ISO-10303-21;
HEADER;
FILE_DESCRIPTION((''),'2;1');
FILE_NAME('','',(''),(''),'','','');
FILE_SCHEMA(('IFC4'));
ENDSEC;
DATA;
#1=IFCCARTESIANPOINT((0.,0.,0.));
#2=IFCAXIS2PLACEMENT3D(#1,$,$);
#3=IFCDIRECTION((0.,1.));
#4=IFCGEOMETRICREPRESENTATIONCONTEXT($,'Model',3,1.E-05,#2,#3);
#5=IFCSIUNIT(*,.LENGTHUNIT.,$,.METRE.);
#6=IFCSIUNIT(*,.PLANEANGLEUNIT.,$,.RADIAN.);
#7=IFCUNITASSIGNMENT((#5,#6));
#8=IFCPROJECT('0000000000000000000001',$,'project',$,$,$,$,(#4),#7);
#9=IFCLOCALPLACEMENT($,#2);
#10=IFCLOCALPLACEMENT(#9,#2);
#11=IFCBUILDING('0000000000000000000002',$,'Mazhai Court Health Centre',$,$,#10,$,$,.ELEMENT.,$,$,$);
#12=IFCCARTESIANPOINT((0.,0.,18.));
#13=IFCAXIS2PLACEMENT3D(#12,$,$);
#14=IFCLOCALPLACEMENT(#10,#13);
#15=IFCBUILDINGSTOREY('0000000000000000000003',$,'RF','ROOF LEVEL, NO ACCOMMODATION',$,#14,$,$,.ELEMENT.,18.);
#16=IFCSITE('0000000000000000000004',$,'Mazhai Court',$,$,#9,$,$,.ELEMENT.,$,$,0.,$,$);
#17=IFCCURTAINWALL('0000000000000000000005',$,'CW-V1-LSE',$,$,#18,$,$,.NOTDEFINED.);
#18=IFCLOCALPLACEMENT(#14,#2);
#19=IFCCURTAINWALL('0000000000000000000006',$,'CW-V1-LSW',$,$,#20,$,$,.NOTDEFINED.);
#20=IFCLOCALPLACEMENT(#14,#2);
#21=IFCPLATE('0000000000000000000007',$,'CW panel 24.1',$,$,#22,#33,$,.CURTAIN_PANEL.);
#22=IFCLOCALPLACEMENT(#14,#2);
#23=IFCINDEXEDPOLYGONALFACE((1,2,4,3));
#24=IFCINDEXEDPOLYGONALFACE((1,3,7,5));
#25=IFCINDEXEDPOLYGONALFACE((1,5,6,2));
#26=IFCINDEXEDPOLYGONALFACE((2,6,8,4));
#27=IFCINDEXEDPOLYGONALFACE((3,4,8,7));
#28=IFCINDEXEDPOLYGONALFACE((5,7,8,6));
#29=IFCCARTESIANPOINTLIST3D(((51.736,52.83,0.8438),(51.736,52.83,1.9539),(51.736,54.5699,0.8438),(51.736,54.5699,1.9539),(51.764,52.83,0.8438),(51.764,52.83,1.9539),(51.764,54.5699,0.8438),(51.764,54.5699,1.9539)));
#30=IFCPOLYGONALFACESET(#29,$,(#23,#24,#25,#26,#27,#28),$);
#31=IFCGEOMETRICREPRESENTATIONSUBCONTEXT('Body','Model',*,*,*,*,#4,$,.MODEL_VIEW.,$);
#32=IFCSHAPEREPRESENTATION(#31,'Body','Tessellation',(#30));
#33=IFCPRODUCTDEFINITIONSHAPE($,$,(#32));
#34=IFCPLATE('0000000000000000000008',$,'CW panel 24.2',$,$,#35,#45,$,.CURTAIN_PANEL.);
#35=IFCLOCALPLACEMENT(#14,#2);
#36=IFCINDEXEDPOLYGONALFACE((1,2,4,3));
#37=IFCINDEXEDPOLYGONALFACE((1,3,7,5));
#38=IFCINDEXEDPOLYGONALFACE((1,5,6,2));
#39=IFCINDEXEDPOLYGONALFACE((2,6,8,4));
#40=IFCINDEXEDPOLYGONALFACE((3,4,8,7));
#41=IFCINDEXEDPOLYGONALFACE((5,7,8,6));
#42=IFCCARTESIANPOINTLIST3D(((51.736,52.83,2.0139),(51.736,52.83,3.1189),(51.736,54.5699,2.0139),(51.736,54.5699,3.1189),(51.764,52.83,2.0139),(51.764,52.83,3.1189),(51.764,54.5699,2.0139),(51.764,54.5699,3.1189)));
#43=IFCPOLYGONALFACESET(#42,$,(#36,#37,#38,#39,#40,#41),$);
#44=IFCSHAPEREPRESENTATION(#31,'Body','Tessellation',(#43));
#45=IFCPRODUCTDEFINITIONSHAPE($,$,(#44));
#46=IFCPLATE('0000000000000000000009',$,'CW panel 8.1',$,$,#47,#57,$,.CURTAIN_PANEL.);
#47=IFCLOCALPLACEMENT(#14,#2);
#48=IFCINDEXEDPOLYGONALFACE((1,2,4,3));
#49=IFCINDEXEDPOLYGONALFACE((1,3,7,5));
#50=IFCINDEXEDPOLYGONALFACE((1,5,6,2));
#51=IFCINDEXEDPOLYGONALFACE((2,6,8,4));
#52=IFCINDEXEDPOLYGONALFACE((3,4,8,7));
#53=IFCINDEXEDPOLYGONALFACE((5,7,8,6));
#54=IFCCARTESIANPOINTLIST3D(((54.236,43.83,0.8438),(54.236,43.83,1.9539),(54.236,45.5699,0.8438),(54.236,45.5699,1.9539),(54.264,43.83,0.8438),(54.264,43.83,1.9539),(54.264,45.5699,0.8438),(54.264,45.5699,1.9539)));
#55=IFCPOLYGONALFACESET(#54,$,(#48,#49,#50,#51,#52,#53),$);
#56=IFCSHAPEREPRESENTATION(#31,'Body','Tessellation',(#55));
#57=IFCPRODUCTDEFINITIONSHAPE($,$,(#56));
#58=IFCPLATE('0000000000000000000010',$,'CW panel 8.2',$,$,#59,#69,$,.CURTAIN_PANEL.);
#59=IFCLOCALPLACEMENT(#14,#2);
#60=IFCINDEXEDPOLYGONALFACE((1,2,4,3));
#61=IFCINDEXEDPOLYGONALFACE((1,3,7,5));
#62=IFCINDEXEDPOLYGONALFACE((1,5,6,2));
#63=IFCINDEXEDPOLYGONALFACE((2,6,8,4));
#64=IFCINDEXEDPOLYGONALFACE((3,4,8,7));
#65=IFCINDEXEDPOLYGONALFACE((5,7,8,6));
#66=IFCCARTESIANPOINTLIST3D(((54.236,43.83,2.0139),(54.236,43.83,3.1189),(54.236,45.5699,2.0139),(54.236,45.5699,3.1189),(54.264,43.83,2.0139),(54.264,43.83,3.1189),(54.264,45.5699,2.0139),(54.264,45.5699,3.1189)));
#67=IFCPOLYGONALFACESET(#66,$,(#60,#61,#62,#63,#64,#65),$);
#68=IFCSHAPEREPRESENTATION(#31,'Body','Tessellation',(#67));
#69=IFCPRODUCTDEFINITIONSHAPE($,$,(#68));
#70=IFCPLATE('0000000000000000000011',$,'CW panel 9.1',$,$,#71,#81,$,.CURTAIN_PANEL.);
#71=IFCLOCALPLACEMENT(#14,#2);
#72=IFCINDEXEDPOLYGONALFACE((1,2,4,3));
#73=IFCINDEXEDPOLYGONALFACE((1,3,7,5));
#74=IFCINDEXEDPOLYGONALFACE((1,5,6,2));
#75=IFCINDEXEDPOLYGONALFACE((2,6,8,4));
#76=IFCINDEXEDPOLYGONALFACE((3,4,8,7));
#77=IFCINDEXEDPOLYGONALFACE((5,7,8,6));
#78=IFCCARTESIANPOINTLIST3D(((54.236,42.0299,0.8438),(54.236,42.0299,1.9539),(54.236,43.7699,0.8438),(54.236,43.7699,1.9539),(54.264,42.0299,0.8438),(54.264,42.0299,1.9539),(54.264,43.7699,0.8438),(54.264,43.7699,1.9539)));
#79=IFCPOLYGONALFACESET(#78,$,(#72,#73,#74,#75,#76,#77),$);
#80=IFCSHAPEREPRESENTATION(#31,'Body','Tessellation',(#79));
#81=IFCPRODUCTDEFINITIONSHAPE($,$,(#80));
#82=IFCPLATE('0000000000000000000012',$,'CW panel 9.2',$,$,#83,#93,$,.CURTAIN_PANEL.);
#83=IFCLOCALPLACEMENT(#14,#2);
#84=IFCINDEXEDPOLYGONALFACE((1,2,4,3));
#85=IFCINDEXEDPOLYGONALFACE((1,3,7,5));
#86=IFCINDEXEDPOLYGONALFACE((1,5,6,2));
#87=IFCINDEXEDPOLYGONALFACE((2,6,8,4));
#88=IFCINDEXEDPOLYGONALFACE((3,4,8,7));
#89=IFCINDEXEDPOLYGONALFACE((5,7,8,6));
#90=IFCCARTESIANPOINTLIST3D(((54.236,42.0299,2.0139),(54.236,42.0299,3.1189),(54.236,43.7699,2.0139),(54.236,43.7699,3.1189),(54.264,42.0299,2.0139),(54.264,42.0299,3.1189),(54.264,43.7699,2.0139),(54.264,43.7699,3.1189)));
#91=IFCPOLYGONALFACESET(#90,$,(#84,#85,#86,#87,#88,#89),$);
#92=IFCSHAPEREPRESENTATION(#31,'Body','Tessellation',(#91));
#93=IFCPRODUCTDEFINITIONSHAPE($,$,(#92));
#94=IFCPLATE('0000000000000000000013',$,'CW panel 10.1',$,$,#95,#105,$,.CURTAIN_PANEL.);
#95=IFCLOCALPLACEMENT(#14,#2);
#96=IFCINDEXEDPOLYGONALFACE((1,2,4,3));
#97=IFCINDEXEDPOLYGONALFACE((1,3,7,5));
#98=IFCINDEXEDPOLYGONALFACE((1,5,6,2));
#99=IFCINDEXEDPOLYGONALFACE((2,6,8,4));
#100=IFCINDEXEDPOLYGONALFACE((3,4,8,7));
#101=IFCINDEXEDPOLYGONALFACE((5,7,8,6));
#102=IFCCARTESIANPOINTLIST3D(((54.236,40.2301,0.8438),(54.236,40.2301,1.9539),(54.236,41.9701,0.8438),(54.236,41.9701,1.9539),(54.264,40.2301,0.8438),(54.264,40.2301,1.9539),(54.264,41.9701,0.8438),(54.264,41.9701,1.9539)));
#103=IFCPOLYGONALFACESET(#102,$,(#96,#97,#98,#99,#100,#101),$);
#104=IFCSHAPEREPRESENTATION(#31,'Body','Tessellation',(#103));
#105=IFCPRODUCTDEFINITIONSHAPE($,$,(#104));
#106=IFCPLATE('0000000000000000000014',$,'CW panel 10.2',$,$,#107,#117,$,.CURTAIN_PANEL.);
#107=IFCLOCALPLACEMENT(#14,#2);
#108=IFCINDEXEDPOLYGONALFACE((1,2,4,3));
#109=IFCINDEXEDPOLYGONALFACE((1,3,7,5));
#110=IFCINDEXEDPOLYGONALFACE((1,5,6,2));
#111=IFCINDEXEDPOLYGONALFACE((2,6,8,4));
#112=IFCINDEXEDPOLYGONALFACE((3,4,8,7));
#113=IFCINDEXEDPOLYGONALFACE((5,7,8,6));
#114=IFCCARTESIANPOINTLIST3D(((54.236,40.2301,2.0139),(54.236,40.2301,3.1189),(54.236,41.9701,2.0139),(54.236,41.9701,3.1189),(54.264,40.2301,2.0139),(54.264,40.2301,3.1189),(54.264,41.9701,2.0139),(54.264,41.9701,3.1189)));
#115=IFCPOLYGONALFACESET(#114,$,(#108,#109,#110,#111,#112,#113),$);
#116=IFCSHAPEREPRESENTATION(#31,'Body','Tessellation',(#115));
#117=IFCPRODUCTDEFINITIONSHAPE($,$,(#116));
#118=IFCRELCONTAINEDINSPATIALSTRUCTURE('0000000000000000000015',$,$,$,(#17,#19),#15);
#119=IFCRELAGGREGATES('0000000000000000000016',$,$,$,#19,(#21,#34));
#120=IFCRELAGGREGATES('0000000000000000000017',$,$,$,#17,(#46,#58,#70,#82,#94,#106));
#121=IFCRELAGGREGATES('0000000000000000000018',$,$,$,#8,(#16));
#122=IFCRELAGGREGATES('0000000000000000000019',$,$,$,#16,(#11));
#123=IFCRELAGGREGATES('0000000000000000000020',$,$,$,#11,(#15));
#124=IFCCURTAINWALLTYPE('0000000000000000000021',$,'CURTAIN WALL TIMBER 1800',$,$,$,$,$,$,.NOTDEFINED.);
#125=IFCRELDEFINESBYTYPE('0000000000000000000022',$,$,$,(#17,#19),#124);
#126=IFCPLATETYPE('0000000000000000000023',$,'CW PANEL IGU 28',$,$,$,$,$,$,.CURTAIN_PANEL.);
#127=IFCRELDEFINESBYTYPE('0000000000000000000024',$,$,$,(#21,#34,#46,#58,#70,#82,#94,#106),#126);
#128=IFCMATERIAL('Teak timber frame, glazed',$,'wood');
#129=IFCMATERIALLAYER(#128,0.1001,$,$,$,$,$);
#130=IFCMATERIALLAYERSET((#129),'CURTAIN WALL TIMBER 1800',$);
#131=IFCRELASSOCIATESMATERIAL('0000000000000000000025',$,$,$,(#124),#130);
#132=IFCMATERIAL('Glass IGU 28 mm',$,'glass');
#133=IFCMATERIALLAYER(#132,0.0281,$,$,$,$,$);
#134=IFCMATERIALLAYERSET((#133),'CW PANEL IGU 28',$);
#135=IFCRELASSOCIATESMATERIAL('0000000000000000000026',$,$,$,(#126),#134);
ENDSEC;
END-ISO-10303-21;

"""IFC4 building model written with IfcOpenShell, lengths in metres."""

from ifc_helpers import new_model, si_unit, direction, frame, origin, origin_2d, place, context, subcontext, project, spatial, rectangle, extrude, material, layer, layer_set, type_object, element, aggregate, save


model = new_model("IFC4")

# Units and contexts
model_context = context("Model", 3, precision=1e-05, world=origin(), true_north=direction((0.0, 1.0)))
body_context = subcontext(model_context, "Body", "Model", "MODEL_VIEW")
ifc_project = project(units=[si_unit("LENGTHUNIT", "METRE"), si_unit("PLANEANGLEUNIT", "RADIAN")], contexts=[model_context])

# Site, building, storey
site_placement = place(None, origin())
site = spatial("IfcSite", under=ifc_project, at=site_placement, Name="Mazhai Court", CompositionType="ELEMENT", RefElevation=0.0)
building_placement = place(site_placement, origin())
building = spatial("IfcBuilding", under=site, at=building_placement, Name="Mazhai Court Health Centre", CompositionType="ELEMENT")
storey_placement = place(building_placement, frame((0.0, 0.0, 18.0)))
storey = spatial("IfcBuildingStorey", under=building, at=storey_placement, Name="RF", Description="ROOF LEVEL, NO ACCOMMODATION", CompositionType="ELEMENT", Elevation=18.0)

# Curtain wall
ifc_material_1 = material(Name="Teak timber frame, glazed", Category="wood")
ifc_layer_1 = layer(ifc_material_1, 0.1001)
ifc_layer_set_1 = layer_set([ifc_layer_1], Name="CURTAIN WALL TIMBER 1800")
curtain_wall_type = type_object("IfcCurtainWallType", Name="CURTAIN WALL TIMBER 1800", PredefinedType="NOTDEFINED", material=ifc_layer_set_1)
curtain_wall_1_placement = place(storey_placement, origin())
curtain_wall_1 = element("IfcCurtainWall", 1, at=curtain_wall_1_placement, inside=storey, type_object=curtain_wall_type, Name="CW-V1-LSE", PredefinedType="NOTDEFINED")

# Curtain wall
curtain_wall_2_placement = place(storey_placement, origin())
curtain_wall_2 = element("IfcCurtainWall", 2, at=curtain_wall_2_placement, inside=storey, type_object=curtain_wall_type, Name="CW-V1-LSW", PredefinedType="NOTDEFINED")

# Plates
ifc_material_2 = material(Name="Glass IGU 28 mm", Category="glass")
ifc_layer_2 = layer(ifc_material_2, 0.0281)
ifc_layer_set_2 = layer_set([ifc_layer_2], Name="CW PANEL IGU 28")
plate_type = type_object("IfcPlateType", Name="CW PANEL IGU 28", PredefinedType="CURTAIN_PANEL", material=ifc_layer_set_2)
plate_1_placement = place(storey_placement, frame((51.75, 53.7, 0.8438), z_axis=(0.0, 0.0, 1.0), x_axis=(0.0, 1.0, 0.0)))
plate_1 = element("IfcPlate", 3, at=plate_1_placement, type_object=plate_type, Name="CW panel 24.1", PredefinedType="CURTAIN_PANEL", context=body_context, shape_type="SweptSolid", body=[
    extrude(rectangle(XDim=1.74, YDim=0.0281, at=origin_2d()), origin(), (0.0, 0.0, 1.0), 1.1101),
])
plate_2_placement = place(storey_placement, frame((51.75, 53.7, 2.0139), z_axis=(0.0, 0.0, 1.0), x_axis=(0.0, 1.0, 0.0)))
plate_2 = element("IfcPlate", 4, at=plate_2_placement, type_object=plate_type, Name="CW panel 24.2", PredefinedType="CURTAIN_PANEL", context=body_context, shape_type="SweptSolid", body=[
    extrude(rectangle(XDim=1.74, YDim=0.0281, at=origin_2d()), origin(), (0.0, 0.0, 1.0), 1.105),
])
aggregate(curtain_wall_2, [plate_1, plate_2])
plate_3_placement = place(storey_placement, frame((54.25, 44.7, 0.8438), z_axis=(0.0, 0.0, 1.0), x_axis=(0.0, -1.0, 0.0)))
plate_3 = element("IfcPlate", 5, at=plate_3_placement, type_object=plate_type, Name="CW panel 8.1", PredefinedType="CURTAIN_PANEL", context=body_context, shape_type="SweptSolid", body=[
    extrude(rectangle(XDim=1.74, YDim=0.0281, at=origin_2d()), origin(), (0.0, 0.0, 1.0), 1.1101),
])
plate_4_placement = place(storey_placement, frame((54.25, 44.7, 2.0139), z_axis=(0.0, 0.0, 1.0), x_axis=(0.0, -1.0, 0.0)))
plate_4 = element("IfcPlate", 6, at=plate_4_placement, type_object=plate_type, Name="CW panel 8.2", PredefinedType="CURTAIN_PANEL", context=body_context, shape_type="SweptSolid", body=[
    extrude(rectangle(XDim=1.74, YDim=0.0281, at=origin_2d()), origin(), (0.0, 0.0, 1.0), 1.105),
])
plate_5_placement = place(storey_placement, frame((54.25, 42.8999, 0.8438), z_axis=(0.0, 0.0, 1.0), x_axis=(0.0, -1.0, 0.0)))
plate_5 = element("IfcPlate", 7, at=plate_5_placement, type_object=plate_type, Name="CW panel 9.1", PredefinedType="CURTAIN_PANEL", context=body_context, shape_type="SweptSolid", body=[
    extrude(rectangle(XDim=1.74, YDim=0.0281, at=origin_2d()), origin(), (0.0, 0.0, 1.0), 1.1101),
])
plate_6_placement = place(storey_placement, frame((54.25, 42.8999, 2.0139), z_axis=(0.0, 0.0, 1.0), x_axis=(0.0, -1.0, 0.0)))
plate_6 = element("IfcPlate", 8, at=plate_6_placement, type_object=plate_type, Name="CW panel 9.2", PredefinedType="CURTAIN_PANEL", context=body_context, shape_type="SweptSolid", body=[
    extrude(rectangle(XDim=1.74, YDim=0.0281, at=origin_2d()), origin(), (0.0, 0.0, 1.0), 1.105),
])
plate_7_placement = place(storey_placement, frame((54.25, 41.1001, 0.8438), z_axis=(0.0, 0.0, 1.0), x_axis=(0.0, -1.0, 0.0)))
plate_7 = element("IfcPlate", 9, at=plate_7_placement, type_object=plate_type, Name="CW panel 10.1", PredefinedType="CURTAIN_PANEL", context=body_context, shape_type="SweptSolid", body=[
    extrude(rectangle(XDim=1.74, YDim=0.0281, at=origin_2d()), origin(), (0.0, 0.0, 1.0), 1.1101),
])
plate_8_placement = place(storey_placement, frame((54.25, 41.1001, 2.0139), z_axis=(0.0, 0.0, 1.0), x_axis=(0.0, -1.0, 0.0)))
plate_8 = element("IfcPlate", 10, at=plate_8_placement, type_object=plate_type, Name="CW panel 10.2", PredefinedType="CURTAIN_PANEL", context=body_context, shape_type="SweptSolid", body=[
    extrude(rectangle(XDim=1.74, YDim=0.0281, at=origin_2d()), origin(), (0.0, 0.0, 1.0), 1.105),
])
aggregate(curtain_wall_1, [plate_3, plate_4, plate_5, plate_6, plate_7, plate_8])

save(model, "model.ifc")
